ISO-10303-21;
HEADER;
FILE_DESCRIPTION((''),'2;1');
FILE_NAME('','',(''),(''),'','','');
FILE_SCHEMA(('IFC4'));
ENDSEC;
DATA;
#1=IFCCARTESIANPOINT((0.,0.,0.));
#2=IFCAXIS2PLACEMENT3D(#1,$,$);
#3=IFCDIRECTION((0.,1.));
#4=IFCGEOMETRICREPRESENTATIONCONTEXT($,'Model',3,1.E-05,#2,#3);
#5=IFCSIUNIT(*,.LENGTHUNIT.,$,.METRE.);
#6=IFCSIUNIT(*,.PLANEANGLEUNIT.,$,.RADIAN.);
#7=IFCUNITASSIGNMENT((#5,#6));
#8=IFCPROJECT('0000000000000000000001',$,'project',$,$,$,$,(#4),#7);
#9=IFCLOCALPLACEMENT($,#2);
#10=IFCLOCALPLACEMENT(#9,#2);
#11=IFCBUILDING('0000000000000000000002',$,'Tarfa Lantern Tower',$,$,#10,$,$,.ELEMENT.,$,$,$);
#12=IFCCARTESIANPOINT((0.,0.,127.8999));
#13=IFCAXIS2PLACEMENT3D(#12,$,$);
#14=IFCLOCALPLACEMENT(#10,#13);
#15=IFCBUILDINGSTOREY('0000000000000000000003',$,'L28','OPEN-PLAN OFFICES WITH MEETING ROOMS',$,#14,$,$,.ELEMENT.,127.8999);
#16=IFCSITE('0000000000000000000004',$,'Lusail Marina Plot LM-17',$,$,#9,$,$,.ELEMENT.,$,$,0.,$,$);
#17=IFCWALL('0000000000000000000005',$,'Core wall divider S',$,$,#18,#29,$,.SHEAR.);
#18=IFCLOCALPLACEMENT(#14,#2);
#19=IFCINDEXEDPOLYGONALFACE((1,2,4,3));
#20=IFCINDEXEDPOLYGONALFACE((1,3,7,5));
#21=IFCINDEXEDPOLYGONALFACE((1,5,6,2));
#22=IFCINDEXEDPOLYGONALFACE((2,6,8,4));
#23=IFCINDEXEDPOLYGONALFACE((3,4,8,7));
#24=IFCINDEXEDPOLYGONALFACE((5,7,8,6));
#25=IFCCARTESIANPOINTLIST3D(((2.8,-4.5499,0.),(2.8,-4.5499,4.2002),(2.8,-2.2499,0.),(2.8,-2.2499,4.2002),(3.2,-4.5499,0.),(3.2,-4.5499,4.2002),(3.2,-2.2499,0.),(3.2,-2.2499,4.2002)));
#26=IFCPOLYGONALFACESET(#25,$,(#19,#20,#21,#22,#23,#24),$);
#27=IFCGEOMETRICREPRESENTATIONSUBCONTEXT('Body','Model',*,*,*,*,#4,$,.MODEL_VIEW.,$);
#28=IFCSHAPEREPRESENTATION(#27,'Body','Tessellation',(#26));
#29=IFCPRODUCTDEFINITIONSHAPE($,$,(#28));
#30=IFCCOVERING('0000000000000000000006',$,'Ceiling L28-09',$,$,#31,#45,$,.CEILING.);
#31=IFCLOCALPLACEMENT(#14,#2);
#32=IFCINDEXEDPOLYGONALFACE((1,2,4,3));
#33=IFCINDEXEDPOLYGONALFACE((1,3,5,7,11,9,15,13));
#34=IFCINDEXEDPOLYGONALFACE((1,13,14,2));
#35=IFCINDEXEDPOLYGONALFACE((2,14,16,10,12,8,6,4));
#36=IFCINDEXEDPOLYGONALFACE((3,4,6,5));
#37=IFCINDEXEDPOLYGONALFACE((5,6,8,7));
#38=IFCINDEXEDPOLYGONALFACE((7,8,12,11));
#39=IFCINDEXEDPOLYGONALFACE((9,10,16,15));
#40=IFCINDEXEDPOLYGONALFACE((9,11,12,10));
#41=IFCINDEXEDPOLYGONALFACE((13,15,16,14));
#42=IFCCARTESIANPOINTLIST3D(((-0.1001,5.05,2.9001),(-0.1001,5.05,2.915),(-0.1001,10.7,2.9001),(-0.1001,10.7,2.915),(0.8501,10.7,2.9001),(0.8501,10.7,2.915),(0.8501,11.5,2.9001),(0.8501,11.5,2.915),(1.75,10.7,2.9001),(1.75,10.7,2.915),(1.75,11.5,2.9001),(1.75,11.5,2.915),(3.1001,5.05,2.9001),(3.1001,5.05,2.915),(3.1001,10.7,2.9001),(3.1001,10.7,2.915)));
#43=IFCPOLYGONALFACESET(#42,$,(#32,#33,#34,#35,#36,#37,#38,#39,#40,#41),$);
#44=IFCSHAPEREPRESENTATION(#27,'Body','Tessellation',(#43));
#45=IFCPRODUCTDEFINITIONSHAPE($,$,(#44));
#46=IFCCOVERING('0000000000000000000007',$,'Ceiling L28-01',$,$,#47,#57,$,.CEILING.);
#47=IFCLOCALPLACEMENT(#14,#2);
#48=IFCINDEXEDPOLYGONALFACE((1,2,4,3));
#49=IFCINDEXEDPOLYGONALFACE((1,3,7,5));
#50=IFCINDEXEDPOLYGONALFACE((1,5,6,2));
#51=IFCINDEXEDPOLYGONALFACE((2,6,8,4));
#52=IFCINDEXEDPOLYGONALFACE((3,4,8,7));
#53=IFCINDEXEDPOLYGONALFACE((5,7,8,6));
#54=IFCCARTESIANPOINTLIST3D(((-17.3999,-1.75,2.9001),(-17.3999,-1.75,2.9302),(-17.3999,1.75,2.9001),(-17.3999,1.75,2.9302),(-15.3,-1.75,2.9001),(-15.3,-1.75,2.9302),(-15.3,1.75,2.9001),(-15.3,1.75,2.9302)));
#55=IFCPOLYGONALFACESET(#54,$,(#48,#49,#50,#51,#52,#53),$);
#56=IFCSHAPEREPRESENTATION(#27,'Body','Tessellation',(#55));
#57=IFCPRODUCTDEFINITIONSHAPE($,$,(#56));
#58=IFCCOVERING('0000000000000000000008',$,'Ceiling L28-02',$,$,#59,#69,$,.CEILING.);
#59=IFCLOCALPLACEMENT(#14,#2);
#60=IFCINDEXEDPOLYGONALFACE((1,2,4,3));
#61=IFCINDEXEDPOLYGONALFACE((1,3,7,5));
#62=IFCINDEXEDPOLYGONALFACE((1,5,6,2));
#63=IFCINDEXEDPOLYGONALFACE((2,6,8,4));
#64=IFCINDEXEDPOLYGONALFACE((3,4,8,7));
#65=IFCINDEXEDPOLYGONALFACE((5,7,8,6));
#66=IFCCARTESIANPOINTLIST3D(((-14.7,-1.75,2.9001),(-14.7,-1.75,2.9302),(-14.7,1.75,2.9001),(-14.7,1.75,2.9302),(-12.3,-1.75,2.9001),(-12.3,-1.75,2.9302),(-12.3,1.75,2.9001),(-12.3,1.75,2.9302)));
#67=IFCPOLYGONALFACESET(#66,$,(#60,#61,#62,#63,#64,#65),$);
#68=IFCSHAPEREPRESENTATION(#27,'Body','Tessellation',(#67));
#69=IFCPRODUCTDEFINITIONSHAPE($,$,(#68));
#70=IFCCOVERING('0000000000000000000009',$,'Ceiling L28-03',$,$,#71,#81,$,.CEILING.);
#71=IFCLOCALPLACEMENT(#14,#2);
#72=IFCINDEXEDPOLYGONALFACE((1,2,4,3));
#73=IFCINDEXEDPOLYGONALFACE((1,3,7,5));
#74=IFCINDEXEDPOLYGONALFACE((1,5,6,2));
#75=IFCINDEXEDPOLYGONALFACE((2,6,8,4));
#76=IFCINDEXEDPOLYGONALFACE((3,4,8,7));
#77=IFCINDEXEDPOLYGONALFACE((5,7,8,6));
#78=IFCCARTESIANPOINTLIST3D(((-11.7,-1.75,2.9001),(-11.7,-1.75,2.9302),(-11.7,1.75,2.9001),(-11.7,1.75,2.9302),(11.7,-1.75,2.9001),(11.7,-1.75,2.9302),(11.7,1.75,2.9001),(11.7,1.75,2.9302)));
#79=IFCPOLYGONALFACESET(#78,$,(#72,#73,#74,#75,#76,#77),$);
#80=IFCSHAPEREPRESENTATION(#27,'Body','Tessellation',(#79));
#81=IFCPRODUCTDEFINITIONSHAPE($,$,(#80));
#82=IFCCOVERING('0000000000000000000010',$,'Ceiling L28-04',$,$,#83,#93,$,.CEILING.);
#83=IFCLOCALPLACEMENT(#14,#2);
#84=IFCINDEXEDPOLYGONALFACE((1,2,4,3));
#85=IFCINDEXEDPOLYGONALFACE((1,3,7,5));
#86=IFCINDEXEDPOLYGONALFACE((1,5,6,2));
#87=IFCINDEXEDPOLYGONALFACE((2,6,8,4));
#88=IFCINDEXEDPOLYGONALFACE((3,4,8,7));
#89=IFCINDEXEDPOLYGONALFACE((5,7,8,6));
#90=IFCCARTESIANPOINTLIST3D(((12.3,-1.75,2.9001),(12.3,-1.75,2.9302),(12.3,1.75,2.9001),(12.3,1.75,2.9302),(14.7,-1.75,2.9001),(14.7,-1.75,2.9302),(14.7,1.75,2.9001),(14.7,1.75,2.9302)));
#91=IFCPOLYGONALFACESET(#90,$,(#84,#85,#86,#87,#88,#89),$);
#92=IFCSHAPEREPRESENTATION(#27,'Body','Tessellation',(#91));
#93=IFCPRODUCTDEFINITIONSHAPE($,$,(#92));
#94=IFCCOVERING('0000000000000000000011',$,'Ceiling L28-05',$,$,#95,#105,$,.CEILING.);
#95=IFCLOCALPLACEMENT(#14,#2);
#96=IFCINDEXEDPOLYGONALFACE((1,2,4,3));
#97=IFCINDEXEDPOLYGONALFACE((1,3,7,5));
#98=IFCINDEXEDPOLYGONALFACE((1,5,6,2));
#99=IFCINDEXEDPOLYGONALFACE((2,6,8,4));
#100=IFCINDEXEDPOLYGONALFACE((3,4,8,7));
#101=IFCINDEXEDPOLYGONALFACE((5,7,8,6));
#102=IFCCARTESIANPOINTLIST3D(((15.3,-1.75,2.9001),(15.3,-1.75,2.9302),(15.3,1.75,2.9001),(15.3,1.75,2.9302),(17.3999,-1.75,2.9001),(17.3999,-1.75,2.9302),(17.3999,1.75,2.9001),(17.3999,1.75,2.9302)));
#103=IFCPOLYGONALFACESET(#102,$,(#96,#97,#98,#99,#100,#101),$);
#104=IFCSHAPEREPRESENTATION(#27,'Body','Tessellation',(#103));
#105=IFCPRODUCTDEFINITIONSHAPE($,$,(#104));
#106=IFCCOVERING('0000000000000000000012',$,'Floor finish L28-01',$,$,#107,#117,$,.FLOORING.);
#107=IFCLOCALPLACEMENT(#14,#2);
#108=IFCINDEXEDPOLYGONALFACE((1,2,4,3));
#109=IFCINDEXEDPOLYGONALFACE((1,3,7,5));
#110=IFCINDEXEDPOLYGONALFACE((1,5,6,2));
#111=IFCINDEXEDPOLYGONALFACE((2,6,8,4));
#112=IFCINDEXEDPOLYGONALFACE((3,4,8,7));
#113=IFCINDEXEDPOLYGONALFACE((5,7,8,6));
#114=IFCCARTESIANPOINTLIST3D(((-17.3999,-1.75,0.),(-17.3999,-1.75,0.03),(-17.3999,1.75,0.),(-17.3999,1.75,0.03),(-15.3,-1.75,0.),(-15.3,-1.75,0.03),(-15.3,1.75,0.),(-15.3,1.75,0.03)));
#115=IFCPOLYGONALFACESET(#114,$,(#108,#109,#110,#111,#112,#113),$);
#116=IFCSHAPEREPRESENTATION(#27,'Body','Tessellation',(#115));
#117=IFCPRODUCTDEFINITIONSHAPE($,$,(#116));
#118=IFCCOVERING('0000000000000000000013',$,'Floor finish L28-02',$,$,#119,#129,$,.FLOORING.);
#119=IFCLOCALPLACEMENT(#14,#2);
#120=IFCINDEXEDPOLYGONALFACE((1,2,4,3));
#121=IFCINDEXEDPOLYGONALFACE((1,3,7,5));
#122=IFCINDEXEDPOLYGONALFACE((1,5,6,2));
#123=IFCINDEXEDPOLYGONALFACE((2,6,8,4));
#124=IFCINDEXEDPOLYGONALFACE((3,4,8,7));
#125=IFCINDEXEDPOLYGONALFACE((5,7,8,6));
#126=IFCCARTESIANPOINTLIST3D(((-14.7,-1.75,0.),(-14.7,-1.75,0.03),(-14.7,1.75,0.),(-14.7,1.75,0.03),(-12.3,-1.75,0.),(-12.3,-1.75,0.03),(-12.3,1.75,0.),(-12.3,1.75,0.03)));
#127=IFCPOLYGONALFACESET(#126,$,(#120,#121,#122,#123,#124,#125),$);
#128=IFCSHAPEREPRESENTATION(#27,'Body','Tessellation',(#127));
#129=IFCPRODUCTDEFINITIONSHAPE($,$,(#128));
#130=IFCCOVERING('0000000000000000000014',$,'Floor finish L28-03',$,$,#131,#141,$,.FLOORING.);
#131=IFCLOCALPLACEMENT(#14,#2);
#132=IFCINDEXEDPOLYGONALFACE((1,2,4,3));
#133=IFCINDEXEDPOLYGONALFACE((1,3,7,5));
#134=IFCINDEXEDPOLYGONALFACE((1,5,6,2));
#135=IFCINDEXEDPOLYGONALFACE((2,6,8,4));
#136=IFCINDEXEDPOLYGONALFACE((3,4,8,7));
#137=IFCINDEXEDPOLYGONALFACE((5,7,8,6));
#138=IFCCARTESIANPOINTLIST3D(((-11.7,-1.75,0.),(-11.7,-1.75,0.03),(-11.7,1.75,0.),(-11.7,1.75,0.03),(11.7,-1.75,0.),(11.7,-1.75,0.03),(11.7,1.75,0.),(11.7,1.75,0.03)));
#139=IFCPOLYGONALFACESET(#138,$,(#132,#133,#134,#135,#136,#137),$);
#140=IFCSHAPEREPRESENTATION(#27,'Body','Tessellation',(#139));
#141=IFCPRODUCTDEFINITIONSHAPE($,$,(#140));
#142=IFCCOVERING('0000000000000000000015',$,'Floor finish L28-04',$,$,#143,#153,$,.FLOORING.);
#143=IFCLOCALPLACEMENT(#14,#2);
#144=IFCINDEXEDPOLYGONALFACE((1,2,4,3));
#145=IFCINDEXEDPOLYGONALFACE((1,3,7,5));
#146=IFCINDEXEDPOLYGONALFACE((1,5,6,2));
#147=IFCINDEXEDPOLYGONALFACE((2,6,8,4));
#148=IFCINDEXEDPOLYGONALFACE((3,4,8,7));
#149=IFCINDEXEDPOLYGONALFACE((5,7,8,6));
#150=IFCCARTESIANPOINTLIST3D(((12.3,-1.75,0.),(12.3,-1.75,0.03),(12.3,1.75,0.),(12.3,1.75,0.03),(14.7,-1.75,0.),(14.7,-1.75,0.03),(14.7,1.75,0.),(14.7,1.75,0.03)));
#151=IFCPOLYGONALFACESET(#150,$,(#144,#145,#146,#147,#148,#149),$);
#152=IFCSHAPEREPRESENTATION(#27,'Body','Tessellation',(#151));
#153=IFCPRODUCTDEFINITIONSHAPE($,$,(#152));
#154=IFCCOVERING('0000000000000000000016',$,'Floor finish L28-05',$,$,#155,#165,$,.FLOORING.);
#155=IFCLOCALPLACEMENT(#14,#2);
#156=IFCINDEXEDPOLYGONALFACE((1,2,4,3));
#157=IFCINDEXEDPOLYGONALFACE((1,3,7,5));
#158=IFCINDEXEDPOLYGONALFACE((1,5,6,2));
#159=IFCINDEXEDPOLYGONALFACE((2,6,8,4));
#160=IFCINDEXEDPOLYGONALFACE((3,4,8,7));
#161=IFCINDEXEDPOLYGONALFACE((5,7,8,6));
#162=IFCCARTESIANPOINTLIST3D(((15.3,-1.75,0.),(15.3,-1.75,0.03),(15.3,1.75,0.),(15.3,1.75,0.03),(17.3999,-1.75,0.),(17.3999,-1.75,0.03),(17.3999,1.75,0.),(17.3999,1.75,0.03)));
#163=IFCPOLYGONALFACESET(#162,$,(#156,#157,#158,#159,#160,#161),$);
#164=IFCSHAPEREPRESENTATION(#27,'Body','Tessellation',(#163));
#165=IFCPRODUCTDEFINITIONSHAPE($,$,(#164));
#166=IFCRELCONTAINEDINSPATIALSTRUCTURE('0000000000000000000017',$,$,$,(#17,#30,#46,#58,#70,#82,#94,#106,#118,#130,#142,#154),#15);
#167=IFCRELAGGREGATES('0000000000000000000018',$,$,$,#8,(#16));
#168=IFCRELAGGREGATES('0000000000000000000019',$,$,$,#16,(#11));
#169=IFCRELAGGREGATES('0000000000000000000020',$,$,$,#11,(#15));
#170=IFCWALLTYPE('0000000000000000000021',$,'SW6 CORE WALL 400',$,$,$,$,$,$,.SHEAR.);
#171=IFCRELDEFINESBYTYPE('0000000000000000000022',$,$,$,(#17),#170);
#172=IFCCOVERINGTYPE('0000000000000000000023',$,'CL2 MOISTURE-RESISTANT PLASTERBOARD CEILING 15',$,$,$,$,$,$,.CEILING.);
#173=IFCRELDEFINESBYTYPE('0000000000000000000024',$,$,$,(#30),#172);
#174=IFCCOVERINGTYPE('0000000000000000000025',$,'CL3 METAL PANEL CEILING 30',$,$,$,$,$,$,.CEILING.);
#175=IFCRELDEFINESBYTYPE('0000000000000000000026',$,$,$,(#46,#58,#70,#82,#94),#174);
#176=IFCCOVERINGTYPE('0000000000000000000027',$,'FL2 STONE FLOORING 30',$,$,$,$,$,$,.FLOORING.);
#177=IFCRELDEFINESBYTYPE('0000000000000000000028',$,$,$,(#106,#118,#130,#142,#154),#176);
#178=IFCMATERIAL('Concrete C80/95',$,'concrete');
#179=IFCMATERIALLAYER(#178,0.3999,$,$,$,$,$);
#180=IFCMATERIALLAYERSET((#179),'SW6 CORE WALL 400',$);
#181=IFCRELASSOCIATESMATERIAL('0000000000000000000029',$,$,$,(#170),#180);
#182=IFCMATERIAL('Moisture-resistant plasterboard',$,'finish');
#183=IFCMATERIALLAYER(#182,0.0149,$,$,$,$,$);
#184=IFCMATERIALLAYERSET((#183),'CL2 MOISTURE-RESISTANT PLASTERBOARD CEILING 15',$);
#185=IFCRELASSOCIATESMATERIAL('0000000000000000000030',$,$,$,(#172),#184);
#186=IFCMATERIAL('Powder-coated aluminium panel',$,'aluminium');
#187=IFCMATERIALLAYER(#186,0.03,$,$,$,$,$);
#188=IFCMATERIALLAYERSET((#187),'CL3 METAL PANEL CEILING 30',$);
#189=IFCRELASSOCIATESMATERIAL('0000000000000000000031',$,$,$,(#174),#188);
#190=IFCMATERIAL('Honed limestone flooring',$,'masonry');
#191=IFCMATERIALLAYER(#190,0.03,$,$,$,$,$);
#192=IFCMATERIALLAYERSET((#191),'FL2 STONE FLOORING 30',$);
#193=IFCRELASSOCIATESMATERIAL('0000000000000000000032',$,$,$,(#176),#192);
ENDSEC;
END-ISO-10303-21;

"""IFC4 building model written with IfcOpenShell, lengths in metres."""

from ifc_helpers import new_model, si_unit, direction, frame, frame_2d, origin, place, context, subcontext, project, spatial, polyline, rectangle, outline, extrude, material, layer, layer_set, type_object, element, save


model = new_model("IFC4")

# Units and contexts
model_context = context("Model", 3, precision=1e-05, world=origin(), true_north=direction((0.0, 1.0)))
body_context = subcontext(model_context, "Body", "Model", "MODEL_VIEW")
ifc_project = project(units=[si_unit("LENGTHUNIT", "METRE"), si_unit("PLANEANGLEUNIT", "RADIAN")], contexts=[model_context])

# Site, building, storey
site_placement = place(None, origin())
site = spatial("IfcSite", under=ifc_project, at=site_placement, Name="Lusail Marina Plot LM-17", CompositionType="ELEMENT", RefElevation=0.0)
building_placement = place(site_placement, origin())
building = spatial("IfcBuilding", under=site, at=building_placement, Name="Tarfa Lantern Tower", CompositionType="ELEMENT")
storey_placement = place(building_placement, frame((0.0, 0.0, 127.8999)))
storey = spatial("IfcBuildingStorey", under=building, at=storey_placement, Name="L28", Description="OPEN-PLAN OFFICES WITH MEETING ROOMS", CompositionType="ELEMENT", Elevation=127.8999)

# Shared definitions
ifc_material_1 = material(Name="Concrete C80/95", Category="concrete")

# Wall
ifc_layer_1 = layer(ifc_material_1, 0.3999)
ifc_layer_set_1 = layer_set([ifc_layer_1], Name="SW6 CORE WALL 400")
wall_type_1 = type_object("IfcWallType", Name="SW6 CORE WALL 400", PredefinedType="SHEAR", material=ifc_layer_set_1)
for number, where, z_axis, x_axis, name in (
    (1, (3.0, -2.25, 0.0), (0.0, 0.0, 1.0), (0.0, -1.0, 0.0), "Core wall divider S"),
):
    element("IfcWall", number, at=place(storey_placement, frame(where, z_axis=z_axis, x_axis=x_axis)), inside=storey, type_object=wall_type_1, Name=name, PredefinedType="SHEAR", context=body_context, shape_type="SweptSolid", body=[
        extrude(rectangle(XDim=2.3, YDim=0.3999, at=frame_2d((1.1499, 0.0))), origin(), (0.0, 0.0, 1.0), 4.2002),
    ])

# Coverings
ifc_material_2 = material(Name="Moisture-resistant plasterboard", Category="finish")
ifc_layer_2 = layer(ifc_material_2, 0.0149)
ifc_layer_set_2 = layer_set([ifc_layer_2], Name="CL2 MOISTURE-RESISTANT PLASTERBOARD CEILING 15")
covering_type_1 = type_object("IfcCoveringType", Name="CL2 MOISTURE-RESISTANT PLASTERBOARD CEILING 15", PredefinedType="CEILING", material=ifc_layer_set_2)
covering_1_placement = place(storey_placement, frame((0.0, 0.0, 2.9001)))
element("IfcCovering", 2, at=covering_1_placement, inside=storey, type_object=covering_type_1, Name="Ceiling L28-09", PredefinedType="CEILING", context=body_context, shape_type="SweptSolid", body=[
    extrude(outline(polyline([(0.8501, 10.7), (-0.1001, 10.7), (-0.1001, 5.05), (3.1001, 5.05), (3.1001, 10.7), (1.75, 10.7), (1.75, 11.5), (0.8501, 11.5), (0.8501, 10.7)])), origin(), (0.0, 0.0, 1.0), 0.0149),
])
ifc_material_3 = material(Name="Powder-coated aluminium panel", Category="aluminium")
ifc_layer_3 = layer(ifc_material_3, 0.03)
ifc_layer_set_3 = layer_set([ifc_layer_3], Name="CL3 METAL PANEL CEILING 30")
covering_type_2 = type_object("IfcCoveringType", Name="CL3 METAL PANEL CEILING 30", PredefinedType="CEILING", material=ifc_layer_set_3)
covering_2_placement = place(storey_placement, frame((0.0, 0.0, 2.9001)))
element("IfcCovering", 3, at=covering_2_placement, inside=storey, type_object=covering_type_2, Name="Ceiling L28-01", PredefinedType="CEILING", context=body_context, shape_type="SweptSolid", body=[
    extrude(outline(polyline([(-17.3999, -1.75), (-15.3, -1.75), (-15.3, 1.75), (-17.3999, 1.75), (-17.3999, -1.75)])), origin(), (0.0, 0.0, 1.0), 0.03),
])
covering_3_placement = place(storey_placement, frame((0.0, 0.0, 2.9001)))
element("IfcCovering", 4, at=covering_3_placement, inside=storey, type_object=covering_type_2, Name="Ceiling L28-02", PredefinedType="CEILING", context=body_context, shape_type="SweptSolid", body=[
    extrude(outline(polyline([(-14.7, -1.75), (-12.3, -1.75), (-12.3, 1.75), (-14.7, 1.75), (-14.7, -1.75)])), origin(), (0.0, 0.0, 1.0), 0.03),
])
covering_4_placement = place(storey_placement, frame((0.0, 0.0, 2.9001)))
element("IfcCovering", 5, at=covering_4_placement, inside=storey, type_object=covering_type_2, Name="Ceiling L28-03", PredefinedType="CEILING", context=body_context, shape_type="SweptSolid", body=[
    extrude(outline(polyline([(-11.7, -1.75), (11.7, -1.75), (11.7, 1.75), (-11.7, 1.75), (-11.7, -1.75)])), origin(), (0.0, 0.0, 1.0), 0.03),
])
covering_5_placement = place(storey_placement, frame((0.0, 0.0, 2.9001)))
element("IfcCovering", 6, at=covering_5_placement, inside=storey, type_object=covering_type_2, Name="Ceiling L28-04", PredefinedType="CEILING", context=body_context, shape_type="SweptSolid", body=[
    extrude(outline(polyline([(12.3, -1.75), (14.7, -1.75), (14.7, 1.75), (12.3, 1.75), (12.3, -1.75)])), origin(), (0.0, 0.0, 1.0), 0.03),
])
covering_6_placement = place(storey_placement, frame((0.0, 0.0, 2.9001)))
element("IfcCovering", 7, at=covering_6_placement, inside=storey, type_object=covering_type_2, Name="Ceiling L28-05", PredefinedType="CEILING", context=body_context, shape_type="SweptSolid", body=[
    extrude(outline(polyline([(15.3, -1.75), (17.3999, -1.75), (17.3999, 1.75), (15.3, 1.75), (15.3, -1.75)])), origin(), (0.0, 0.0, 1.0), 0.03),
])
ifc_material_4 = material(Name="Honed limestone flooring", Category="masonry")
ifc_layer_4 = layer(ifc_material_4, 0.03)
ifc_layer_set_4 = layer_set([ifc_layer_4], Name="FL2 STONE FLOORING 30")
covering_type_3 = type_object("IfcCoveringType", Name="FL2 STONE FLOORING 30", PredefinedType="FLOORING", material=ifc_layer_set_4)
covering_7_placement = place(storey_placement, origin())
element("IfcCovering", 8, at=covering_7_placement, inside=storey, type_object=covering_type_3, Name="Floor finish L28-01", PredefinedType="FLOORING", context=body_context, shape_type="SweptSolid", body=[
    extrude(outline(polyline([(-17.3999, -1.75), (-15.3, -1.75), (-15.3, 1.75), (-17.3999, 1.75), (-17.3999, -1.75)])), origin(), (0.0, 0.0, 1.0), 0.03),
])
covering_8_placement = place(storey_placement, origin())
element("IfcCovering", 9, at=covering_8_placement, inside=storey, type_object=covering_type_3, Name="Floor finish L28-02", PredefinedType="FLOORING", context=body_context, shape_type="SweptSolid", body=[
    extrude(outline(polyline([(-14.7, -1.75), (-12.3, -1.75), (-12.3, 1.75), (-14.7, 1.75), (-14.7, -1.75)])), origin(), (0.0, 0.0, 1.0), 0.03),
])
covering_9_placement = place(storey_placement, origin())
element("IfcCovering", 10, at=covering_9_placement, inside=storey, type_object=covering_type_3, Name="Floor finish L28-03", PredefinedType="FLOORING", context=body_context, shape_type="SweptSolid", body=[
    extrude(outline(polyline([(-11.7, -1.75), (11.7, -1.75), (11.7, 1.75), (-11.7, 1.75), (-11.7, -1.75)])), origin(), (0.0, 0.0, 1.0), 0.03),
])
covering_10_placement = place(storey_placement, origin())
element("IfcCovering", 11, at=covering_10_placement, inside=storey, type_object=covering_type_3, Name="Floor finish L28-04", PredefinedType="FLOORING", context=body_context, shape_type="SweptSolid", body=[
    extrude(outline(polyline([(12.3, -1.75), (14.7, -1.75), (14.7, 1.75), (12.3, 1.75), (12.3, -1.75)])), origin(), (0.0, 0.0, 1.0), 0.03),
])
covering_11_placement = place(storey_placement, origin())
element("IfcCovering", 12, at=covering_11_placement, inside=storey, type_object=covering_type_3, Name="Floor finish L28-05", PredefinedType="FLOORING", context=body_context, shape_type="SweptSolid", body=[
    extrude(outline(polyline([(15.3, -1.75), (17.3999, -1.75), (17.3999, 1.75), (15.3, 1.75), (15.3, -1.75)])), origin(), (0.0, 0.0, 1.0), 0.03),
])

save(model, "model.ifc")
